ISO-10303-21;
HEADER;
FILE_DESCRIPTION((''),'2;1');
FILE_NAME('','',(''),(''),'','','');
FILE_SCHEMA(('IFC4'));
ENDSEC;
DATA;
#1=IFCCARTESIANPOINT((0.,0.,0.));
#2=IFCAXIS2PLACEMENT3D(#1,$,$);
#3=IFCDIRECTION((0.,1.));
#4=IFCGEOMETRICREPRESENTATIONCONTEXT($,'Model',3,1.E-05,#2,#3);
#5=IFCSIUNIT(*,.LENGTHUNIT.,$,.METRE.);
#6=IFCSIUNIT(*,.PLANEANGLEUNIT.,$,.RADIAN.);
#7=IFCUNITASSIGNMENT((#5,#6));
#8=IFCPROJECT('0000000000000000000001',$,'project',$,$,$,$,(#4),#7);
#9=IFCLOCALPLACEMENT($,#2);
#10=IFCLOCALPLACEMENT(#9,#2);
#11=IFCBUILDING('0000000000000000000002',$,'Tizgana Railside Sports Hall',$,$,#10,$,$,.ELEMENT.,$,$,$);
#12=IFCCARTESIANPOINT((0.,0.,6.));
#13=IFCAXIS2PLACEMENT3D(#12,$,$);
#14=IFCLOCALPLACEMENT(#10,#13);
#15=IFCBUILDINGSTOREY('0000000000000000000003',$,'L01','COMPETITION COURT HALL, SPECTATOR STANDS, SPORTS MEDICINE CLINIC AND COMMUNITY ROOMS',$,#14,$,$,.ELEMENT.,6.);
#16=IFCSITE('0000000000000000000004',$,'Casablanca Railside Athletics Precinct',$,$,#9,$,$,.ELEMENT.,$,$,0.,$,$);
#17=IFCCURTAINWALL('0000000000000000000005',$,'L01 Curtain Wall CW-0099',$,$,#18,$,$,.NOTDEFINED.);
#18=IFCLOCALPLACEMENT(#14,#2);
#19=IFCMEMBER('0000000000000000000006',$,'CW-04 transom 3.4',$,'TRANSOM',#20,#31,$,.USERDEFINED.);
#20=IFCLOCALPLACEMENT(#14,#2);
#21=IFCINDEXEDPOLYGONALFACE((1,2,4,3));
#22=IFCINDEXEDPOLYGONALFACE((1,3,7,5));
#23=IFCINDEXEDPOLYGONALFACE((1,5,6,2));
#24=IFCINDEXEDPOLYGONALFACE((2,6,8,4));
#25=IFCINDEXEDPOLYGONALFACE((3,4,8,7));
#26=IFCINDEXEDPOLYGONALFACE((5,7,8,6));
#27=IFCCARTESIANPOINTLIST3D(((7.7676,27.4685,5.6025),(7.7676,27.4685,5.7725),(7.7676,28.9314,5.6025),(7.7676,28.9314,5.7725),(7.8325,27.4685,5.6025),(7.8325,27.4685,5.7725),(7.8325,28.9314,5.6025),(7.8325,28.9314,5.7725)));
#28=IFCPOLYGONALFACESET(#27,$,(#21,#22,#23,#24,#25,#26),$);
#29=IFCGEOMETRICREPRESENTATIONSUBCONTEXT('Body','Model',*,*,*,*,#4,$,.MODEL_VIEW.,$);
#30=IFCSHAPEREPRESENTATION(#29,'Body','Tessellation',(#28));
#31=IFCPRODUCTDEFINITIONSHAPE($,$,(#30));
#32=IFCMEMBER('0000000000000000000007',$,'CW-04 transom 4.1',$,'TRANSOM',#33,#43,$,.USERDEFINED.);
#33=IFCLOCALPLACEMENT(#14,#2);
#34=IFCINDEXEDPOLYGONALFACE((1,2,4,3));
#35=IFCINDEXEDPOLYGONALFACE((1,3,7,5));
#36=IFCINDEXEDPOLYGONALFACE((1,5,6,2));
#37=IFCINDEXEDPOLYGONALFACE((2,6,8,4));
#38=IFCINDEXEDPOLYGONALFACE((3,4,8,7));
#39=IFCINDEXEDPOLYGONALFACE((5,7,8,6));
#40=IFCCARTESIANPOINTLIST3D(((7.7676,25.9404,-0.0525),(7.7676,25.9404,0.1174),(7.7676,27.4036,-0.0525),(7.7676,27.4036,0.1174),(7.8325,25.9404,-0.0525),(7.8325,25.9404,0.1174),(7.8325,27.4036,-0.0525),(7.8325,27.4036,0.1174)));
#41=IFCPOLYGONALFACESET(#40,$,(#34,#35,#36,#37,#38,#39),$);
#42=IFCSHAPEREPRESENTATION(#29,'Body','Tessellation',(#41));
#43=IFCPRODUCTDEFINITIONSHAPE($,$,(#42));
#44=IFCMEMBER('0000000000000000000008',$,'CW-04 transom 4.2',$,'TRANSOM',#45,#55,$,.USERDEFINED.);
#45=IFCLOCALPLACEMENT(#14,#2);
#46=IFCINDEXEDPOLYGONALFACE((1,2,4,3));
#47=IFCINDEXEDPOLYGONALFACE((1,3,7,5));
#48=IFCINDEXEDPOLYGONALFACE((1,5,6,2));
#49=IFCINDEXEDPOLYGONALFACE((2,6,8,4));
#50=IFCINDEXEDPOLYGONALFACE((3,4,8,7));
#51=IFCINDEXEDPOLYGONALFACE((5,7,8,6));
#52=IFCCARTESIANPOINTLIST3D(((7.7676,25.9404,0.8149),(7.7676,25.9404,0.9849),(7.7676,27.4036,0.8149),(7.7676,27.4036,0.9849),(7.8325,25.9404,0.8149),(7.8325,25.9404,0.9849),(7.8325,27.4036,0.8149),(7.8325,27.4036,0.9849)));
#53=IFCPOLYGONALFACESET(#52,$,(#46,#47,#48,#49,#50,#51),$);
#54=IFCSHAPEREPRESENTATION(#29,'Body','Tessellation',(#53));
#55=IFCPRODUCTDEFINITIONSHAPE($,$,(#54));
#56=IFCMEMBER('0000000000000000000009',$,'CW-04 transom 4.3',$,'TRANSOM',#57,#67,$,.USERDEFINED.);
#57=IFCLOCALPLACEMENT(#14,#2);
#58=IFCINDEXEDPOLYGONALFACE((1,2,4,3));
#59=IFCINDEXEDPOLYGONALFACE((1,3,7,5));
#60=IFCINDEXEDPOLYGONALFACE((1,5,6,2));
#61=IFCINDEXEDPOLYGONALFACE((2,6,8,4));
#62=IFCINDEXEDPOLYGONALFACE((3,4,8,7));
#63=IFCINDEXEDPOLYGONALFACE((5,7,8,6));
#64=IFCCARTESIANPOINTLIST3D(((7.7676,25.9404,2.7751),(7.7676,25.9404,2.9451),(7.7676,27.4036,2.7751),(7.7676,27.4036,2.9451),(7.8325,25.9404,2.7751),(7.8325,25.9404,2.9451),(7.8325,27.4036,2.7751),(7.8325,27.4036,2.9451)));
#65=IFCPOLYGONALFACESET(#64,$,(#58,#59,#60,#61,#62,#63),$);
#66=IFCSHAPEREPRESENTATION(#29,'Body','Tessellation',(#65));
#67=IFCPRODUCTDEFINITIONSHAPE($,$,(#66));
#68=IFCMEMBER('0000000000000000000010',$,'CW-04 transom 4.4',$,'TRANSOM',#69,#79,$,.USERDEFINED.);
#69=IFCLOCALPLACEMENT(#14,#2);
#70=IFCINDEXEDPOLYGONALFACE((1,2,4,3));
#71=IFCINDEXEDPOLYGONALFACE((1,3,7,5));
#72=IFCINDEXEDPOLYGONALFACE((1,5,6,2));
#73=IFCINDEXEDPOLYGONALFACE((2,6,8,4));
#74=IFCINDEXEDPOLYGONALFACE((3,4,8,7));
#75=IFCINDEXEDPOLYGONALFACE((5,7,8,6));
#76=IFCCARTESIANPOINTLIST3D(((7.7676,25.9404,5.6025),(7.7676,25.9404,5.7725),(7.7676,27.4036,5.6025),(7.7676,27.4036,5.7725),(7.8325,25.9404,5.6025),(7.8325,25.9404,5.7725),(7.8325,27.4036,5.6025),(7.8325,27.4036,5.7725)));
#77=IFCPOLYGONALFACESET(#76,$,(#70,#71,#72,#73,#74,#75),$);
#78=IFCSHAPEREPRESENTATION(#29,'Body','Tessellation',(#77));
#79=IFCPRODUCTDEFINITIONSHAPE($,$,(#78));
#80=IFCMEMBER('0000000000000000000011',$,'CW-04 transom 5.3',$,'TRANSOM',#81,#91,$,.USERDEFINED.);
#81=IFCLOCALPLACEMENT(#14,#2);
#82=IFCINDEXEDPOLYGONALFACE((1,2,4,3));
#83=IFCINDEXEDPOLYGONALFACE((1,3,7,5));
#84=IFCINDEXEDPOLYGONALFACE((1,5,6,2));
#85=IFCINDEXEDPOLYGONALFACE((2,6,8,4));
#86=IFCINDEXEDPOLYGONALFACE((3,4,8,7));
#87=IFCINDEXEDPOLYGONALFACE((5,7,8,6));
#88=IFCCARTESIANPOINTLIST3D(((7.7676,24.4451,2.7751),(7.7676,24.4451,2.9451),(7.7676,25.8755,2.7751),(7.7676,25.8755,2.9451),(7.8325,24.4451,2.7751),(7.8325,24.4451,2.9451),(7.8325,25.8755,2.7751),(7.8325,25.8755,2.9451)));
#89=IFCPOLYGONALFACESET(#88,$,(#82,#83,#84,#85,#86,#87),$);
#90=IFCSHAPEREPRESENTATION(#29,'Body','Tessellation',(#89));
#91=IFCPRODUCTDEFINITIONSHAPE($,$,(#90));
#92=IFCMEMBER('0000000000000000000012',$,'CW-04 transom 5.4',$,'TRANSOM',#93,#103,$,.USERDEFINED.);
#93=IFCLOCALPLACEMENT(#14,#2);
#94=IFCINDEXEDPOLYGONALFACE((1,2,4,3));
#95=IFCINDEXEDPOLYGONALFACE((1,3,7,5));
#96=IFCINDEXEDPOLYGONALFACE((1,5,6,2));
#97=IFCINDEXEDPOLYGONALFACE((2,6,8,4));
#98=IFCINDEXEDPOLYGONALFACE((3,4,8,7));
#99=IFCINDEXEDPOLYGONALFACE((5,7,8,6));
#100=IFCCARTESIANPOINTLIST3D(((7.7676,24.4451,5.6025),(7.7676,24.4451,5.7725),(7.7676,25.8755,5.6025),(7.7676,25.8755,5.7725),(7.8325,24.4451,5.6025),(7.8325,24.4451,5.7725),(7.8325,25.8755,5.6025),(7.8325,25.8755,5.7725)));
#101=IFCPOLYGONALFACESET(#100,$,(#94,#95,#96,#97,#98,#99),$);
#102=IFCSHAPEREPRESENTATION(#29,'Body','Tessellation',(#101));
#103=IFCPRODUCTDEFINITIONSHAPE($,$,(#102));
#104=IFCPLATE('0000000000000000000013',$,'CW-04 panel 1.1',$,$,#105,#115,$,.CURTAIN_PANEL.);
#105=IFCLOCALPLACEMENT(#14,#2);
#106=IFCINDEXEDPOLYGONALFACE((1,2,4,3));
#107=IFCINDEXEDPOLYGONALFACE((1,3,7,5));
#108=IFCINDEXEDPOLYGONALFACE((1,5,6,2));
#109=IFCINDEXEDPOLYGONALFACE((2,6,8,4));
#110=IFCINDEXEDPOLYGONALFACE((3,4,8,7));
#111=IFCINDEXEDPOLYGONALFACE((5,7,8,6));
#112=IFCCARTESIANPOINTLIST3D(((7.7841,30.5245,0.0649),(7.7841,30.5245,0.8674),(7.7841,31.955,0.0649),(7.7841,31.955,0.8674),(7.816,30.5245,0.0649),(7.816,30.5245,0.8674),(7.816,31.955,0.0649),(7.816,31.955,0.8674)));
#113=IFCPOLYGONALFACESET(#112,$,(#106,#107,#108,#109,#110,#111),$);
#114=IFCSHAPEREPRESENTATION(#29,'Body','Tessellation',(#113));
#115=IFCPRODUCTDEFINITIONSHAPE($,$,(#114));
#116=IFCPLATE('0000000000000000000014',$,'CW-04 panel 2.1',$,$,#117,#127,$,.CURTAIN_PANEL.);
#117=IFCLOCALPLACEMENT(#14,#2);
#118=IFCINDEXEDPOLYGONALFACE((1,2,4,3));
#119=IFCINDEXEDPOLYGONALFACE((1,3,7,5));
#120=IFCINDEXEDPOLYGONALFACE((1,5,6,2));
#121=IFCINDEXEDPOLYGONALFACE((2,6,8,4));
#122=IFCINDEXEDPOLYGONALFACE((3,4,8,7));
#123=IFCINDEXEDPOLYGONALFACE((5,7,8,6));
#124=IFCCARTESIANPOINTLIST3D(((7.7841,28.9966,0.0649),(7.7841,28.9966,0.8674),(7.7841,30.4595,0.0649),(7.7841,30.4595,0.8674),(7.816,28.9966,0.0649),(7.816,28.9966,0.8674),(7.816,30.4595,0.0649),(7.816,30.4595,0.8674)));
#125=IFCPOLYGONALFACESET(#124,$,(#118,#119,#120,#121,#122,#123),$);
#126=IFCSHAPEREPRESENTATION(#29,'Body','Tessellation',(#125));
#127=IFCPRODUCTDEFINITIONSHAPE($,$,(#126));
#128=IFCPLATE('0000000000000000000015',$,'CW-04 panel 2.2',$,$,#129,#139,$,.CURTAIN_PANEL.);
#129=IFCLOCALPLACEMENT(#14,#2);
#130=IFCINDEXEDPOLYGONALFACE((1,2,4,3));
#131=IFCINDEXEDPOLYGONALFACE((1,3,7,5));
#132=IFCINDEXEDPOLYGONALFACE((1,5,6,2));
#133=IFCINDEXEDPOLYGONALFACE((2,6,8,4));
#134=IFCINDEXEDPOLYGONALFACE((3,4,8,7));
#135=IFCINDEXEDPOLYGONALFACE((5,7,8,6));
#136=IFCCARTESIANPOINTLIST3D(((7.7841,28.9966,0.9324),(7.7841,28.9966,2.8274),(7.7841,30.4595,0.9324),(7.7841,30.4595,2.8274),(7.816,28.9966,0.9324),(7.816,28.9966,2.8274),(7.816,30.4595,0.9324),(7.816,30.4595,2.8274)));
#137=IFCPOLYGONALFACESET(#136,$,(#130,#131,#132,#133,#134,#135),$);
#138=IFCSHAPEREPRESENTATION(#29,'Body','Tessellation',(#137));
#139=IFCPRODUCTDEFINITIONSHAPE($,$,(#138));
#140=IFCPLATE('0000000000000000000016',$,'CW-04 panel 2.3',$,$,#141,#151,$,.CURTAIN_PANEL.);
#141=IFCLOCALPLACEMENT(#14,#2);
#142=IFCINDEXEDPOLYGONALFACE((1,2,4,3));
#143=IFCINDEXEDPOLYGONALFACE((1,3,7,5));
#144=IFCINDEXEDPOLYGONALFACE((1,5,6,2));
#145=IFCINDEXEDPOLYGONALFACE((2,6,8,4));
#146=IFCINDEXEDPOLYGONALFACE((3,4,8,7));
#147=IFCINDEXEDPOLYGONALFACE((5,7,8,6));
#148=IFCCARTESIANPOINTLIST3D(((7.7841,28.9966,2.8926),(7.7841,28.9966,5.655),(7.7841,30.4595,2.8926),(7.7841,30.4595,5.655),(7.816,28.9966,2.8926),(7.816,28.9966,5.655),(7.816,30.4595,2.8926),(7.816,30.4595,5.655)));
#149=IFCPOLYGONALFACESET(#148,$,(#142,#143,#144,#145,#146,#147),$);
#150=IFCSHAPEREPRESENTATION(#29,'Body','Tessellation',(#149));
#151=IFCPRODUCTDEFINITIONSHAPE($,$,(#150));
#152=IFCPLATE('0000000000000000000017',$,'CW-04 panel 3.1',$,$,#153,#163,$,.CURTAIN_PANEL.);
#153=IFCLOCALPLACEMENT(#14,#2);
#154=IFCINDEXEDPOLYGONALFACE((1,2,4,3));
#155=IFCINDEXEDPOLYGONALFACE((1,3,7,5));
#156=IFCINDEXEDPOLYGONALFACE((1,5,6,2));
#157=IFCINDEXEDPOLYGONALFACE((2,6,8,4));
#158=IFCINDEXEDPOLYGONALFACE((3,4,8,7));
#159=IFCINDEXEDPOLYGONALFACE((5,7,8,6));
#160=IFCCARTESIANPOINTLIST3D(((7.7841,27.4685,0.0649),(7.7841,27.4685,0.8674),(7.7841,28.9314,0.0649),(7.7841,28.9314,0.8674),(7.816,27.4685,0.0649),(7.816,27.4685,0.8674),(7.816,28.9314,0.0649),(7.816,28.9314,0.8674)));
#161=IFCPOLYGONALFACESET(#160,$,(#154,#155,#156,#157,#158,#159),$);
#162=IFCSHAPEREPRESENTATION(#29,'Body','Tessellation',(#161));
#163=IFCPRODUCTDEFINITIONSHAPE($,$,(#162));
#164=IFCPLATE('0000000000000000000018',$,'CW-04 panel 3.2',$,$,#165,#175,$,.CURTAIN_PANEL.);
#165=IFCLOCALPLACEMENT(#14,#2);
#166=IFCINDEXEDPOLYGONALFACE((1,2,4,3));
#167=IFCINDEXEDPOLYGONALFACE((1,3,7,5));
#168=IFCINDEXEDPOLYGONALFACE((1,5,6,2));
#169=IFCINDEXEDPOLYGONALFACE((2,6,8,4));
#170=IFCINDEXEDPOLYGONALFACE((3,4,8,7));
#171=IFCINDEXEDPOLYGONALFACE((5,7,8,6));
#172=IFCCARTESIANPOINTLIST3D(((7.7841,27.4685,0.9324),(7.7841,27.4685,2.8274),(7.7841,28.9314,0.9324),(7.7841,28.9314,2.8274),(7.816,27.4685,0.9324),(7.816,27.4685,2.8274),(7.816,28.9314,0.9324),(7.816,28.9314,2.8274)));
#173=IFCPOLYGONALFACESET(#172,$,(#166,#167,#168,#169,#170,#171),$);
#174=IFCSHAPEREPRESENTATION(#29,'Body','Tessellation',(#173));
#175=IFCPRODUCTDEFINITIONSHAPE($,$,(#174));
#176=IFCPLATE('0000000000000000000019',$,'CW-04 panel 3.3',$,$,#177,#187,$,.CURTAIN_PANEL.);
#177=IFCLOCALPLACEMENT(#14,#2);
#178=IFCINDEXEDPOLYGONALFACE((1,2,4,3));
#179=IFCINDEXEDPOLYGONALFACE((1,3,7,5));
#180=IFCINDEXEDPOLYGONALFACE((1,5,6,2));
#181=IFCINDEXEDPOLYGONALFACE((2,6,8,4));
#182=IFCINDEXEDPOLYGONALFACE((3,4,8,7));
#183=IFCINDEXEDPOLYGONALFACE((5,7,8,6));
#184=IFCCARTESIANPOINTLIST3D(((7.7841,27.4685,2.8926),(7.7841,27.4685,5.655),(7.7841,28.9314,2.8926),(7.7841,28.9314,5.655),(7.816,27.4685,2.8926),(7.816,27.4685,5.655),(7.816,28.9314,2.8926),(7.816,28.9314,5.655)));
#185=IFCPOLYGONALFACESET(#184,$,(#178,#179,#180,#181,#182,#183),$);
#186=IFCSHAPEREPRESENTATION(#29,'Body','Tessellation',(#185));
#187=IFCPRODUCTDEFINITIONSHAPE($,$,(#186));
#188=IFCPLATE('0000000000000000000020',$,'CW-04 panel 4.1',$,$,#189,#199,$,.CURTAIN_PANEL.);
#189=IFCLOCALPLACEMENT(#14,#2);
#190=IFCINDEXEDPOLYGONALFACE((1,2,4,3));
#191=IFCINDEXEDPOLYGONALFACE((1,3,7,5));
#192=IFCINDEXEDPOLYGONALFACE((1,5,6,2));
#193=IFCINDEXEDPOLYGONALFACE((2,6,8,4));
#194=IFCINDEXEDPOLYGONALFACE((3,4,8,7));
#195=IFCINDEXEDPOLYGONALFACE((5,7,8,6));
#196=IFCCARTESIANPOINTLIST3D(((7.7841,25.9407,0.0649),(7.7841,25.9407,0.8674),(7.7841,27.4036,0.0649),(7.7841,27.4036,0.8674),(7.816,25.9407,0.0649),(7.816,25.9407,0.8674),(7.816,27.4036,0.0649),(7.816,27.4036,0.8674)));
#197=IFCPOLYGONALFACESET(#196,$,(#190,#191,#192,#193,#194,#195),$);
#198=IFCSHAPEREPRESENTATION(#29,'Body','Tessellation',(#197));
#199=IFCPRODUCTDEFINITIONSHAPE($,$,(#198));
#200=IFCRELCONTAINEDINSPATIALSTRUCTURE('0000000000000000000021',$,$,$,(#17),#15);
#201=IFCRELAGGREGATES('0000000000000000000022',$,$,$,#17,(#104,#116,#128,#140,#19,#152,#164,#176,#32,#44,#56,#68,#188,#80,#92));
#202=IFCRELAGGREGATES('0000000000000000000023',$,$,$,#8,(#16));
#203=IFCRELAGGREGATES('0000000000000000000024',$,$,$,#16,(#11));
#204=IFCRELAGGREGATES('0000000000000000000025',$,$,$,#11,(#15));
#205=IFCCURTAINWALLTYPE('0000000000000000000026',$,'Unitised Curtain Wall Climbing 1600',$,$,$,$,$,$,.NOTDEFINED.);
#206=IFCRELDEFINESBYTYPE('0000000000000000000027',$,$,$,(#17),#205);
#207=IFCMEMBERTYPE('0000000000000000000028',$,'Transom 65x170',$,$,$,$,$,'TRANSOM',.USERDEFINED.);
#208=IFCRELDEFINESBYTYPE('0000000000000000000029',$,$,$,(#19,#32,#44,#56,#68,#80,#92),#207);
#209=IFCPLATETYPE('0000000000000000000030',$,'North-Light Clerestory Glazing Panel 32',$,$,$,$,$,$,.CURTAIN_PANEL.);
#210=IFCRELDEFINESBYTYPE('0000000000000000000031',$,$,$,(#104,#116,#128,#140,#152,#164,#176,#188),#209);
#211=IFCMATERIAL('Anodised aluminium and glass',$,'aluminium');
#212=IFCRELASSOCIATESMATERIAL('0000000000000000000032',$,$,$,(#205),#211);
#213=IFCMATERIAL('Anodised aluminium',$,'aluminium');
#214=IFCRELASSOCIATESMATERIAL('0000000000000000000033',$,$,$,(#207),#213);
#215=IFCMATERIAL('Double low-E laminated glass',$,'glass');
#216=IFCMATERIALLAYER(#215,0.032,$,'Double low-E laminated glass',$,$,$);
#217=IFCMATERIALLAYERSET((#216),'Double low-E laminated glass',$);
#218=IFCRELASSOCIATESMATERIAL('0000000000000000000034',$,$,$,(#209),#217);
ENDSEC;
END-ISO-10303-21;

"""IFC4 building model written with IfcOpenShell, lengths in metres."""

from ifc_helpers import new_model, si_unit, direction, frame, origin, origin_2d, place, context, subcontext, project, spatial, rectangle, extrude, material, layer, layer_set, material_profile, profile_set, type_object, element, aggregate, save


model = new_model("IFC4")

# Units and contexts
model_context = context("Model", 3, precision=1e-05, world=origin(), true_north=direction((0.0, 1.0)))
body_context = subcontext(model_context, "Body", "Model", "MODEL_VIEW")
ifc_project = project(units=[si_unit("LENGTHUNIT", "METRE"), si_unit("PLANEANGLEUNIT", "RADIAN")], contexts=[model_context])

# Site, building, storey
site_placement = place(None, origin())
site = spatial("IfcSite", under=ifc_project, at=site_placement, Name="Casablanca Railside Athletics Precinct", CompositionType="ELEMENT", RefElevation=0.0)
building_placement = place(site_placement, origin())
building = spatial("IfcBuilding", under=site, at=building_placement, Name="Tizgana Railside Sports Hall", CompositionType="ELEMENT")
storey_placement = place(building_placement, frame((0.0, 0.0, 6.0)))
storey = spatial("IfcBuildingStorey", under=building, at=storey_placement, Name="L01", Description="COMPETITION COURT HALL, SPECTATOR STANDS, SPORTS MEDICINE CLINIC AND COMMUNITY ROOMS", CompositionType="ELEMENT", Elevation=6.0)

# Curtain wall
ifc_material_1 = material(Name="Anodised aluminium and glass", Category="aluminium")
curtain_wall_type = type_object("IfcCurtainWallType", Name="Unitised Curtain Wall Climbing 1600", PredefinedType="NOTDEFINED", material=ifc_material_1)
curtain_wall_placement = place(storey_placement, origin())
curtain_wall = element("IfcCurtainWall", 1, at=curtain_wall_placement, inside=storey, type_object=curtain_wall_type, Name="L01 Curtain Wall CW-0099", PredefinedType="NOTDEFINED")
ifc_material_2 = material(Name="Anodised aluminium", Category="aluminium")

# Members
ifc_material_profile_1 = material_profile(ifc_material_2, rectangle(XDim=0.0649, YDim=0.1699, at=origin_2d()), Name="Transom 65x170")
ifc_profile_set_1 = profile_set([ifc_material_profile_1], Name="Anodised aluminium")
member_type_1 = type_object("IfcMemberType", Name="Transom 65x170", ElementType="TRANSOM", PredefinedType="USERDEFINED", material=ifc_profile_set_1)
member_1_placement = place(storey_placement, frame((7.8, 28.9314, 5.6875), z_axis=(0.0, -1.0, 0.0), x_axis=(1.0, 0.0, 0.0)))
member_1 = element("IfcMember", 2, at=member_1_placement, type_object=member_type_1, Name="CW-04 transom 3.4", ObjectType="TRANSOM", PredefinedType="USERDEFINED", context=body_context, shape_type="SweptSolid", body=[
    extrude(rectangle(XDim=0.0649, YDim=0.1699, at=origin_2d()), origin(), (0.0, 0.0, 1.0), 1.4629),
])
member_2_placement = place(storey_placement, frame((7.8, 27.4036, 0.0325), z_axis=(0.0, -1.0, 0.0), x_axis=(1.0, 0.0, 0.0)))
member_2 = element("IfcMember", 3, at=member_2_placement, type_object=member_type_1, Name="CW-04 transom 4.1", ObjectType="TRANSOM", PredefinedType="USERDEFINED", context=body_context, shape_type="SweptSolid", body=[
    extrude(rectangle(XDim=0.0649, YDim=0.1699, at=origin_2d()), origin(), (0.0, 0.0, 1.0), 1.4631),
])
member_3_placement = place(storey_placement, frame((7.8, 27.4036, 0.8999), z_axis=(0.0, -1.0, 0.0), x_axis=(1.0, 0.0, 0.0)))
member_3 = element("IfcMember", 4, at=member_3_placement, type_object=member_type_1, Name="CW-04 transom 4.2", ObjectType="TRANSOM", PredefinedType="USERDEFINED", context=body_context, shape_type="SweptSolid", body=[
    extrude(rectangle(XDim=0.0649, YDim=0.1699, at=origin_2d()), origin(), (0.0, 0.0, 1.0), 1.4631),
])
member_4_placement = place(storey_placement, frame((7.8, 27.4036, 2.8601), z_axis=(0.0, -1.0, 0.0), x_axis=(1.0, 0.0, 0.0)))
member_4 = element("IfcMember", 5, at=member_4_placement, type_object=member_type_1, Name="CW-04 transom 4.3", ObjectType="TRANSOM", PredefinedType="USERDEFINED", context=body_context, shape_type="SweptSolid", body=[
    extrude(rectangle(XDim=0.0649, YDim=0.1699, at=origin_2d()), origin(), (0.0, 0.0, 1.0), 1.4631),
])
member_5_placement = place(storey_placement, frame((7.8, 27.4036, 5.6875), z_axis=(0.0, -1.0, 0.0), x_axis=(1.0, 0.0, 0.0)))
member_5 = element("IfcMember", 6, at=member_5_placement, type_object=member_type_1, Name="CW-04 transom 4.4", ObjectType="TRANSOM", PredefinedType="USERDEFINED", context=body_context, shape_type="SweptSolid", body=[
    extrude(rectangle(XDim=0.0649, YDim=0.1699, at=origin_2d()), origin(), (0.0, 0.0, 1.0), 1.4631),
])
member_6_placement = place(storey_placement, frame((7.8, 25.8755, 2.8601), z_axis=(0.0, -1.0, 0.0), x_axis=(1.0, 0.0, 0.0)))
member_6 = element("IfcMember", 7, at=member_6_placement, type_object=member_type_1, Name="CW-04 transom 5.3", ObjectType="TRANSOM", PredefinedType="USERDEFINED", context=body_context, shape_type="SweptSolid", body=[
    extrude(rectangle(XDim=0.0649, YDim=0.1699, at=origin_2d()), origin(), (0.0, 0.0, 1.0), 1.4304),
])
member_7_placement = place(storey_placement, frame((7.8, 25.8755, 5.6875), z_axis=(0.0, -1.0, 0.0), x_axis=(1.0, 0.0, 0.0)))
member_7 = element("IfcMember", 8, at=member_7_placement, type_object=member_type_1, Name="CW-04 transom 5.4", ObjectType="TRANSOM", PredefinedType="USERDEFINED", context=body_context, shape_type="SweptSolid", body=[
    extrude(rectangle(XDim=0.0649, YDim=0.1699, at=origin_2d()), origin(), (0.0, 0.0, 1.0), 1.4304),
])

# Plates
ifc_material_3 = material(Name="Double low-E laminated glass", Category="glass")
ifc_layer_1 = layer(ifc_material_3, 0.032, Name="Double low-E laminated glass")
ifc_layer_set_1 = layer_set([ifc_layer_1], Name="Double low-E laminated glass")
plate_type = type_object("IfcPlateType", Name="North-Light Clerestory Glazing Panel 32", PredefinedType="CURTAIN_PANEL", material=ifc_layer_set_1)
plate_1_placement = place(storey_placement, frame((7.8, 31.2397, 0.0649), z_axis=(0.0, 0.0, 1.0), x_axis=(0.0, -1.0, 0.0)))
plate_1 = element("IfcPlate", 9, at=plate_1_placement, type_object=plate_type, Name="CW-04 panel 1.1", PredefinedType="CURTAIN_PANEL", context=body_context, shape_type="SweptSolid", body=[
    extrude(rectangle(XDim=1.4304, YDim=0.032, at=origin_2d()), origin(), (0.0, 0.0, 1.0), 0.8025),
])
plate_2_placement = place(storey_placement, frame((7.8, 29.728, 0.0649), z_axis=(0.0, 0.0, 1.0), x_axis=(0.0, -1.0, 0.0)))
plate_2 = element("IfcPlate", 10, at=plate_2_placement, type_object=plate_type, Name="CW-04 panel 2.1", PredefinedType="CURTAIN_PANEL", context=body_context, shape_type="SweptSolid", body=[
    extrude(rectangle(XDim=1.4629, YDim=0.032, at=origin_2d()), origin(), (0.0, 0.0, 1.0), 0.8025),
])
plate_3_placement = place(storey_placement, frame((7.8, 29.728, 0.9324), z_axis=(0.0, 0.0, 1.0), x_axis=(0.0, -1.0, 0.0)))
plate_3 = element("IfcPlate", 11, at=plate_3_placement, type_object=plate_type, Name="CW-04 panel 2.2", PredefinedType="CURTAIN_PANEL", context=body_context, shape_type="SweptSolid", body=[
    extrude(rectangle(XDim=1.4629, YDim=0.032, at=origin_2d()), origin(), (0.0, 0.0, 1.0), 1.895),
])
plate_4_placement = place(storey_placement, frame((7.8, 29.728, 2.8926), z_axis=(0.0, 0.0, 1.0), x_axis=(0.0, -1.0, 0.0)))
plate_4 = element("IfcPlate", 12, at=plate_4_placement, type_object=plate_type, Name="CW-04 panel 2.3", PredefinedType="CURTAIN_PANEL", context=body_context, shape_type="SweptSolid", body=[
    extrude(rectangle(XDim=1.4629, YDim=0.032, at=origin_2d()), origin(), (0.0, 0.0, 1.0), 2.7625),
])
plate_5_placement = place(storey_placement, frame((7.8, 28.2, 0.0649), z_axis=(0.0, 0.0, 1.0), x_axis=(0.0, -1.0, 0.0)))
plate_5 = element("IfcPlate", 13, at=plate_5_placement, type_object=plate_type, Name="CW-04 panel 3.1", PredefinedType="CURTAIN_PANEL", context=body_context, shape_type="SweptSolid", body=[
    extrude(rectangle(XDim=1.4629, YDim=0.032, at=origin_2d()), origin(), (0.0, 0.0, 1.0), 0.8025),
])
plate_6_placement = place(storey_placement, frame((7.8, 28.2, 0.9324), z_axis=(0.0, 0.0, 1.0), x_axis=(0.0, -1.0, 0.0)))
plate_6 = element("IfcPlate", 14, at=plate_6_placement, type_object=plate_type, Name="CW-04 panel 3.2", PredefinedType="CURTAIN_PANEL", context=body_context, shape_type="SweptSolid", body=[
    extrude(rectangle(XDim=1.4629, YDim=0.032, at=origin_2d()), origin(), (0.0, 0.0, 1.0), 1.895),
])
plate_7_placement = place(storey_placement, frame((7.8, 28.2, 2.8926), z_axis=(0.0, 0.0, 1.0), x_axis=(0.0, -1.0, 0.0)))
plate_7 = element("IfcPlate", 15, at=plate_7_placement, type_object=plate_type, Name="CW-04 panel 3.3", PredefinedType="CURTAIN_PANEL", context=body_context, shape_type="SweptSolid", body=[
    extrude(rectangle(XDim=1.4629, YDim=0.032, at=origin_2d()), origin(), (0.0, 0.0, 1.0), 2.7625),
])
plate_8_placement = place(storey_placement, frame((7.8, 26.6721, 0.0649), z_axis=(0.0, 0.0, 1.0), x_axis=(0.0, -1.0, 0.0)))
plate_8 = element("IfcPlate", 16, at=plate_8_placement, type_object=plate_type, Name="CW-04 panel 4.1", PredefinedType="CURTAIN_PANEL", context=body_context, shape_type="SweptSolid", body=[
    extrude(rectangle(XDim=1.4629, YDim=0.032, at=origin_2d()), origin(), (0.0, 0.0, 1.0), 0.8025),
])
aggregate(curtain_wall, [plate_1, plate_2, plate_3, plate_4, member_1, plate_5, plate_6, plate_7, member_2, member_3, member_4, member_5, plate_8, member_6, member_7])

save(model, "model.ifc")
